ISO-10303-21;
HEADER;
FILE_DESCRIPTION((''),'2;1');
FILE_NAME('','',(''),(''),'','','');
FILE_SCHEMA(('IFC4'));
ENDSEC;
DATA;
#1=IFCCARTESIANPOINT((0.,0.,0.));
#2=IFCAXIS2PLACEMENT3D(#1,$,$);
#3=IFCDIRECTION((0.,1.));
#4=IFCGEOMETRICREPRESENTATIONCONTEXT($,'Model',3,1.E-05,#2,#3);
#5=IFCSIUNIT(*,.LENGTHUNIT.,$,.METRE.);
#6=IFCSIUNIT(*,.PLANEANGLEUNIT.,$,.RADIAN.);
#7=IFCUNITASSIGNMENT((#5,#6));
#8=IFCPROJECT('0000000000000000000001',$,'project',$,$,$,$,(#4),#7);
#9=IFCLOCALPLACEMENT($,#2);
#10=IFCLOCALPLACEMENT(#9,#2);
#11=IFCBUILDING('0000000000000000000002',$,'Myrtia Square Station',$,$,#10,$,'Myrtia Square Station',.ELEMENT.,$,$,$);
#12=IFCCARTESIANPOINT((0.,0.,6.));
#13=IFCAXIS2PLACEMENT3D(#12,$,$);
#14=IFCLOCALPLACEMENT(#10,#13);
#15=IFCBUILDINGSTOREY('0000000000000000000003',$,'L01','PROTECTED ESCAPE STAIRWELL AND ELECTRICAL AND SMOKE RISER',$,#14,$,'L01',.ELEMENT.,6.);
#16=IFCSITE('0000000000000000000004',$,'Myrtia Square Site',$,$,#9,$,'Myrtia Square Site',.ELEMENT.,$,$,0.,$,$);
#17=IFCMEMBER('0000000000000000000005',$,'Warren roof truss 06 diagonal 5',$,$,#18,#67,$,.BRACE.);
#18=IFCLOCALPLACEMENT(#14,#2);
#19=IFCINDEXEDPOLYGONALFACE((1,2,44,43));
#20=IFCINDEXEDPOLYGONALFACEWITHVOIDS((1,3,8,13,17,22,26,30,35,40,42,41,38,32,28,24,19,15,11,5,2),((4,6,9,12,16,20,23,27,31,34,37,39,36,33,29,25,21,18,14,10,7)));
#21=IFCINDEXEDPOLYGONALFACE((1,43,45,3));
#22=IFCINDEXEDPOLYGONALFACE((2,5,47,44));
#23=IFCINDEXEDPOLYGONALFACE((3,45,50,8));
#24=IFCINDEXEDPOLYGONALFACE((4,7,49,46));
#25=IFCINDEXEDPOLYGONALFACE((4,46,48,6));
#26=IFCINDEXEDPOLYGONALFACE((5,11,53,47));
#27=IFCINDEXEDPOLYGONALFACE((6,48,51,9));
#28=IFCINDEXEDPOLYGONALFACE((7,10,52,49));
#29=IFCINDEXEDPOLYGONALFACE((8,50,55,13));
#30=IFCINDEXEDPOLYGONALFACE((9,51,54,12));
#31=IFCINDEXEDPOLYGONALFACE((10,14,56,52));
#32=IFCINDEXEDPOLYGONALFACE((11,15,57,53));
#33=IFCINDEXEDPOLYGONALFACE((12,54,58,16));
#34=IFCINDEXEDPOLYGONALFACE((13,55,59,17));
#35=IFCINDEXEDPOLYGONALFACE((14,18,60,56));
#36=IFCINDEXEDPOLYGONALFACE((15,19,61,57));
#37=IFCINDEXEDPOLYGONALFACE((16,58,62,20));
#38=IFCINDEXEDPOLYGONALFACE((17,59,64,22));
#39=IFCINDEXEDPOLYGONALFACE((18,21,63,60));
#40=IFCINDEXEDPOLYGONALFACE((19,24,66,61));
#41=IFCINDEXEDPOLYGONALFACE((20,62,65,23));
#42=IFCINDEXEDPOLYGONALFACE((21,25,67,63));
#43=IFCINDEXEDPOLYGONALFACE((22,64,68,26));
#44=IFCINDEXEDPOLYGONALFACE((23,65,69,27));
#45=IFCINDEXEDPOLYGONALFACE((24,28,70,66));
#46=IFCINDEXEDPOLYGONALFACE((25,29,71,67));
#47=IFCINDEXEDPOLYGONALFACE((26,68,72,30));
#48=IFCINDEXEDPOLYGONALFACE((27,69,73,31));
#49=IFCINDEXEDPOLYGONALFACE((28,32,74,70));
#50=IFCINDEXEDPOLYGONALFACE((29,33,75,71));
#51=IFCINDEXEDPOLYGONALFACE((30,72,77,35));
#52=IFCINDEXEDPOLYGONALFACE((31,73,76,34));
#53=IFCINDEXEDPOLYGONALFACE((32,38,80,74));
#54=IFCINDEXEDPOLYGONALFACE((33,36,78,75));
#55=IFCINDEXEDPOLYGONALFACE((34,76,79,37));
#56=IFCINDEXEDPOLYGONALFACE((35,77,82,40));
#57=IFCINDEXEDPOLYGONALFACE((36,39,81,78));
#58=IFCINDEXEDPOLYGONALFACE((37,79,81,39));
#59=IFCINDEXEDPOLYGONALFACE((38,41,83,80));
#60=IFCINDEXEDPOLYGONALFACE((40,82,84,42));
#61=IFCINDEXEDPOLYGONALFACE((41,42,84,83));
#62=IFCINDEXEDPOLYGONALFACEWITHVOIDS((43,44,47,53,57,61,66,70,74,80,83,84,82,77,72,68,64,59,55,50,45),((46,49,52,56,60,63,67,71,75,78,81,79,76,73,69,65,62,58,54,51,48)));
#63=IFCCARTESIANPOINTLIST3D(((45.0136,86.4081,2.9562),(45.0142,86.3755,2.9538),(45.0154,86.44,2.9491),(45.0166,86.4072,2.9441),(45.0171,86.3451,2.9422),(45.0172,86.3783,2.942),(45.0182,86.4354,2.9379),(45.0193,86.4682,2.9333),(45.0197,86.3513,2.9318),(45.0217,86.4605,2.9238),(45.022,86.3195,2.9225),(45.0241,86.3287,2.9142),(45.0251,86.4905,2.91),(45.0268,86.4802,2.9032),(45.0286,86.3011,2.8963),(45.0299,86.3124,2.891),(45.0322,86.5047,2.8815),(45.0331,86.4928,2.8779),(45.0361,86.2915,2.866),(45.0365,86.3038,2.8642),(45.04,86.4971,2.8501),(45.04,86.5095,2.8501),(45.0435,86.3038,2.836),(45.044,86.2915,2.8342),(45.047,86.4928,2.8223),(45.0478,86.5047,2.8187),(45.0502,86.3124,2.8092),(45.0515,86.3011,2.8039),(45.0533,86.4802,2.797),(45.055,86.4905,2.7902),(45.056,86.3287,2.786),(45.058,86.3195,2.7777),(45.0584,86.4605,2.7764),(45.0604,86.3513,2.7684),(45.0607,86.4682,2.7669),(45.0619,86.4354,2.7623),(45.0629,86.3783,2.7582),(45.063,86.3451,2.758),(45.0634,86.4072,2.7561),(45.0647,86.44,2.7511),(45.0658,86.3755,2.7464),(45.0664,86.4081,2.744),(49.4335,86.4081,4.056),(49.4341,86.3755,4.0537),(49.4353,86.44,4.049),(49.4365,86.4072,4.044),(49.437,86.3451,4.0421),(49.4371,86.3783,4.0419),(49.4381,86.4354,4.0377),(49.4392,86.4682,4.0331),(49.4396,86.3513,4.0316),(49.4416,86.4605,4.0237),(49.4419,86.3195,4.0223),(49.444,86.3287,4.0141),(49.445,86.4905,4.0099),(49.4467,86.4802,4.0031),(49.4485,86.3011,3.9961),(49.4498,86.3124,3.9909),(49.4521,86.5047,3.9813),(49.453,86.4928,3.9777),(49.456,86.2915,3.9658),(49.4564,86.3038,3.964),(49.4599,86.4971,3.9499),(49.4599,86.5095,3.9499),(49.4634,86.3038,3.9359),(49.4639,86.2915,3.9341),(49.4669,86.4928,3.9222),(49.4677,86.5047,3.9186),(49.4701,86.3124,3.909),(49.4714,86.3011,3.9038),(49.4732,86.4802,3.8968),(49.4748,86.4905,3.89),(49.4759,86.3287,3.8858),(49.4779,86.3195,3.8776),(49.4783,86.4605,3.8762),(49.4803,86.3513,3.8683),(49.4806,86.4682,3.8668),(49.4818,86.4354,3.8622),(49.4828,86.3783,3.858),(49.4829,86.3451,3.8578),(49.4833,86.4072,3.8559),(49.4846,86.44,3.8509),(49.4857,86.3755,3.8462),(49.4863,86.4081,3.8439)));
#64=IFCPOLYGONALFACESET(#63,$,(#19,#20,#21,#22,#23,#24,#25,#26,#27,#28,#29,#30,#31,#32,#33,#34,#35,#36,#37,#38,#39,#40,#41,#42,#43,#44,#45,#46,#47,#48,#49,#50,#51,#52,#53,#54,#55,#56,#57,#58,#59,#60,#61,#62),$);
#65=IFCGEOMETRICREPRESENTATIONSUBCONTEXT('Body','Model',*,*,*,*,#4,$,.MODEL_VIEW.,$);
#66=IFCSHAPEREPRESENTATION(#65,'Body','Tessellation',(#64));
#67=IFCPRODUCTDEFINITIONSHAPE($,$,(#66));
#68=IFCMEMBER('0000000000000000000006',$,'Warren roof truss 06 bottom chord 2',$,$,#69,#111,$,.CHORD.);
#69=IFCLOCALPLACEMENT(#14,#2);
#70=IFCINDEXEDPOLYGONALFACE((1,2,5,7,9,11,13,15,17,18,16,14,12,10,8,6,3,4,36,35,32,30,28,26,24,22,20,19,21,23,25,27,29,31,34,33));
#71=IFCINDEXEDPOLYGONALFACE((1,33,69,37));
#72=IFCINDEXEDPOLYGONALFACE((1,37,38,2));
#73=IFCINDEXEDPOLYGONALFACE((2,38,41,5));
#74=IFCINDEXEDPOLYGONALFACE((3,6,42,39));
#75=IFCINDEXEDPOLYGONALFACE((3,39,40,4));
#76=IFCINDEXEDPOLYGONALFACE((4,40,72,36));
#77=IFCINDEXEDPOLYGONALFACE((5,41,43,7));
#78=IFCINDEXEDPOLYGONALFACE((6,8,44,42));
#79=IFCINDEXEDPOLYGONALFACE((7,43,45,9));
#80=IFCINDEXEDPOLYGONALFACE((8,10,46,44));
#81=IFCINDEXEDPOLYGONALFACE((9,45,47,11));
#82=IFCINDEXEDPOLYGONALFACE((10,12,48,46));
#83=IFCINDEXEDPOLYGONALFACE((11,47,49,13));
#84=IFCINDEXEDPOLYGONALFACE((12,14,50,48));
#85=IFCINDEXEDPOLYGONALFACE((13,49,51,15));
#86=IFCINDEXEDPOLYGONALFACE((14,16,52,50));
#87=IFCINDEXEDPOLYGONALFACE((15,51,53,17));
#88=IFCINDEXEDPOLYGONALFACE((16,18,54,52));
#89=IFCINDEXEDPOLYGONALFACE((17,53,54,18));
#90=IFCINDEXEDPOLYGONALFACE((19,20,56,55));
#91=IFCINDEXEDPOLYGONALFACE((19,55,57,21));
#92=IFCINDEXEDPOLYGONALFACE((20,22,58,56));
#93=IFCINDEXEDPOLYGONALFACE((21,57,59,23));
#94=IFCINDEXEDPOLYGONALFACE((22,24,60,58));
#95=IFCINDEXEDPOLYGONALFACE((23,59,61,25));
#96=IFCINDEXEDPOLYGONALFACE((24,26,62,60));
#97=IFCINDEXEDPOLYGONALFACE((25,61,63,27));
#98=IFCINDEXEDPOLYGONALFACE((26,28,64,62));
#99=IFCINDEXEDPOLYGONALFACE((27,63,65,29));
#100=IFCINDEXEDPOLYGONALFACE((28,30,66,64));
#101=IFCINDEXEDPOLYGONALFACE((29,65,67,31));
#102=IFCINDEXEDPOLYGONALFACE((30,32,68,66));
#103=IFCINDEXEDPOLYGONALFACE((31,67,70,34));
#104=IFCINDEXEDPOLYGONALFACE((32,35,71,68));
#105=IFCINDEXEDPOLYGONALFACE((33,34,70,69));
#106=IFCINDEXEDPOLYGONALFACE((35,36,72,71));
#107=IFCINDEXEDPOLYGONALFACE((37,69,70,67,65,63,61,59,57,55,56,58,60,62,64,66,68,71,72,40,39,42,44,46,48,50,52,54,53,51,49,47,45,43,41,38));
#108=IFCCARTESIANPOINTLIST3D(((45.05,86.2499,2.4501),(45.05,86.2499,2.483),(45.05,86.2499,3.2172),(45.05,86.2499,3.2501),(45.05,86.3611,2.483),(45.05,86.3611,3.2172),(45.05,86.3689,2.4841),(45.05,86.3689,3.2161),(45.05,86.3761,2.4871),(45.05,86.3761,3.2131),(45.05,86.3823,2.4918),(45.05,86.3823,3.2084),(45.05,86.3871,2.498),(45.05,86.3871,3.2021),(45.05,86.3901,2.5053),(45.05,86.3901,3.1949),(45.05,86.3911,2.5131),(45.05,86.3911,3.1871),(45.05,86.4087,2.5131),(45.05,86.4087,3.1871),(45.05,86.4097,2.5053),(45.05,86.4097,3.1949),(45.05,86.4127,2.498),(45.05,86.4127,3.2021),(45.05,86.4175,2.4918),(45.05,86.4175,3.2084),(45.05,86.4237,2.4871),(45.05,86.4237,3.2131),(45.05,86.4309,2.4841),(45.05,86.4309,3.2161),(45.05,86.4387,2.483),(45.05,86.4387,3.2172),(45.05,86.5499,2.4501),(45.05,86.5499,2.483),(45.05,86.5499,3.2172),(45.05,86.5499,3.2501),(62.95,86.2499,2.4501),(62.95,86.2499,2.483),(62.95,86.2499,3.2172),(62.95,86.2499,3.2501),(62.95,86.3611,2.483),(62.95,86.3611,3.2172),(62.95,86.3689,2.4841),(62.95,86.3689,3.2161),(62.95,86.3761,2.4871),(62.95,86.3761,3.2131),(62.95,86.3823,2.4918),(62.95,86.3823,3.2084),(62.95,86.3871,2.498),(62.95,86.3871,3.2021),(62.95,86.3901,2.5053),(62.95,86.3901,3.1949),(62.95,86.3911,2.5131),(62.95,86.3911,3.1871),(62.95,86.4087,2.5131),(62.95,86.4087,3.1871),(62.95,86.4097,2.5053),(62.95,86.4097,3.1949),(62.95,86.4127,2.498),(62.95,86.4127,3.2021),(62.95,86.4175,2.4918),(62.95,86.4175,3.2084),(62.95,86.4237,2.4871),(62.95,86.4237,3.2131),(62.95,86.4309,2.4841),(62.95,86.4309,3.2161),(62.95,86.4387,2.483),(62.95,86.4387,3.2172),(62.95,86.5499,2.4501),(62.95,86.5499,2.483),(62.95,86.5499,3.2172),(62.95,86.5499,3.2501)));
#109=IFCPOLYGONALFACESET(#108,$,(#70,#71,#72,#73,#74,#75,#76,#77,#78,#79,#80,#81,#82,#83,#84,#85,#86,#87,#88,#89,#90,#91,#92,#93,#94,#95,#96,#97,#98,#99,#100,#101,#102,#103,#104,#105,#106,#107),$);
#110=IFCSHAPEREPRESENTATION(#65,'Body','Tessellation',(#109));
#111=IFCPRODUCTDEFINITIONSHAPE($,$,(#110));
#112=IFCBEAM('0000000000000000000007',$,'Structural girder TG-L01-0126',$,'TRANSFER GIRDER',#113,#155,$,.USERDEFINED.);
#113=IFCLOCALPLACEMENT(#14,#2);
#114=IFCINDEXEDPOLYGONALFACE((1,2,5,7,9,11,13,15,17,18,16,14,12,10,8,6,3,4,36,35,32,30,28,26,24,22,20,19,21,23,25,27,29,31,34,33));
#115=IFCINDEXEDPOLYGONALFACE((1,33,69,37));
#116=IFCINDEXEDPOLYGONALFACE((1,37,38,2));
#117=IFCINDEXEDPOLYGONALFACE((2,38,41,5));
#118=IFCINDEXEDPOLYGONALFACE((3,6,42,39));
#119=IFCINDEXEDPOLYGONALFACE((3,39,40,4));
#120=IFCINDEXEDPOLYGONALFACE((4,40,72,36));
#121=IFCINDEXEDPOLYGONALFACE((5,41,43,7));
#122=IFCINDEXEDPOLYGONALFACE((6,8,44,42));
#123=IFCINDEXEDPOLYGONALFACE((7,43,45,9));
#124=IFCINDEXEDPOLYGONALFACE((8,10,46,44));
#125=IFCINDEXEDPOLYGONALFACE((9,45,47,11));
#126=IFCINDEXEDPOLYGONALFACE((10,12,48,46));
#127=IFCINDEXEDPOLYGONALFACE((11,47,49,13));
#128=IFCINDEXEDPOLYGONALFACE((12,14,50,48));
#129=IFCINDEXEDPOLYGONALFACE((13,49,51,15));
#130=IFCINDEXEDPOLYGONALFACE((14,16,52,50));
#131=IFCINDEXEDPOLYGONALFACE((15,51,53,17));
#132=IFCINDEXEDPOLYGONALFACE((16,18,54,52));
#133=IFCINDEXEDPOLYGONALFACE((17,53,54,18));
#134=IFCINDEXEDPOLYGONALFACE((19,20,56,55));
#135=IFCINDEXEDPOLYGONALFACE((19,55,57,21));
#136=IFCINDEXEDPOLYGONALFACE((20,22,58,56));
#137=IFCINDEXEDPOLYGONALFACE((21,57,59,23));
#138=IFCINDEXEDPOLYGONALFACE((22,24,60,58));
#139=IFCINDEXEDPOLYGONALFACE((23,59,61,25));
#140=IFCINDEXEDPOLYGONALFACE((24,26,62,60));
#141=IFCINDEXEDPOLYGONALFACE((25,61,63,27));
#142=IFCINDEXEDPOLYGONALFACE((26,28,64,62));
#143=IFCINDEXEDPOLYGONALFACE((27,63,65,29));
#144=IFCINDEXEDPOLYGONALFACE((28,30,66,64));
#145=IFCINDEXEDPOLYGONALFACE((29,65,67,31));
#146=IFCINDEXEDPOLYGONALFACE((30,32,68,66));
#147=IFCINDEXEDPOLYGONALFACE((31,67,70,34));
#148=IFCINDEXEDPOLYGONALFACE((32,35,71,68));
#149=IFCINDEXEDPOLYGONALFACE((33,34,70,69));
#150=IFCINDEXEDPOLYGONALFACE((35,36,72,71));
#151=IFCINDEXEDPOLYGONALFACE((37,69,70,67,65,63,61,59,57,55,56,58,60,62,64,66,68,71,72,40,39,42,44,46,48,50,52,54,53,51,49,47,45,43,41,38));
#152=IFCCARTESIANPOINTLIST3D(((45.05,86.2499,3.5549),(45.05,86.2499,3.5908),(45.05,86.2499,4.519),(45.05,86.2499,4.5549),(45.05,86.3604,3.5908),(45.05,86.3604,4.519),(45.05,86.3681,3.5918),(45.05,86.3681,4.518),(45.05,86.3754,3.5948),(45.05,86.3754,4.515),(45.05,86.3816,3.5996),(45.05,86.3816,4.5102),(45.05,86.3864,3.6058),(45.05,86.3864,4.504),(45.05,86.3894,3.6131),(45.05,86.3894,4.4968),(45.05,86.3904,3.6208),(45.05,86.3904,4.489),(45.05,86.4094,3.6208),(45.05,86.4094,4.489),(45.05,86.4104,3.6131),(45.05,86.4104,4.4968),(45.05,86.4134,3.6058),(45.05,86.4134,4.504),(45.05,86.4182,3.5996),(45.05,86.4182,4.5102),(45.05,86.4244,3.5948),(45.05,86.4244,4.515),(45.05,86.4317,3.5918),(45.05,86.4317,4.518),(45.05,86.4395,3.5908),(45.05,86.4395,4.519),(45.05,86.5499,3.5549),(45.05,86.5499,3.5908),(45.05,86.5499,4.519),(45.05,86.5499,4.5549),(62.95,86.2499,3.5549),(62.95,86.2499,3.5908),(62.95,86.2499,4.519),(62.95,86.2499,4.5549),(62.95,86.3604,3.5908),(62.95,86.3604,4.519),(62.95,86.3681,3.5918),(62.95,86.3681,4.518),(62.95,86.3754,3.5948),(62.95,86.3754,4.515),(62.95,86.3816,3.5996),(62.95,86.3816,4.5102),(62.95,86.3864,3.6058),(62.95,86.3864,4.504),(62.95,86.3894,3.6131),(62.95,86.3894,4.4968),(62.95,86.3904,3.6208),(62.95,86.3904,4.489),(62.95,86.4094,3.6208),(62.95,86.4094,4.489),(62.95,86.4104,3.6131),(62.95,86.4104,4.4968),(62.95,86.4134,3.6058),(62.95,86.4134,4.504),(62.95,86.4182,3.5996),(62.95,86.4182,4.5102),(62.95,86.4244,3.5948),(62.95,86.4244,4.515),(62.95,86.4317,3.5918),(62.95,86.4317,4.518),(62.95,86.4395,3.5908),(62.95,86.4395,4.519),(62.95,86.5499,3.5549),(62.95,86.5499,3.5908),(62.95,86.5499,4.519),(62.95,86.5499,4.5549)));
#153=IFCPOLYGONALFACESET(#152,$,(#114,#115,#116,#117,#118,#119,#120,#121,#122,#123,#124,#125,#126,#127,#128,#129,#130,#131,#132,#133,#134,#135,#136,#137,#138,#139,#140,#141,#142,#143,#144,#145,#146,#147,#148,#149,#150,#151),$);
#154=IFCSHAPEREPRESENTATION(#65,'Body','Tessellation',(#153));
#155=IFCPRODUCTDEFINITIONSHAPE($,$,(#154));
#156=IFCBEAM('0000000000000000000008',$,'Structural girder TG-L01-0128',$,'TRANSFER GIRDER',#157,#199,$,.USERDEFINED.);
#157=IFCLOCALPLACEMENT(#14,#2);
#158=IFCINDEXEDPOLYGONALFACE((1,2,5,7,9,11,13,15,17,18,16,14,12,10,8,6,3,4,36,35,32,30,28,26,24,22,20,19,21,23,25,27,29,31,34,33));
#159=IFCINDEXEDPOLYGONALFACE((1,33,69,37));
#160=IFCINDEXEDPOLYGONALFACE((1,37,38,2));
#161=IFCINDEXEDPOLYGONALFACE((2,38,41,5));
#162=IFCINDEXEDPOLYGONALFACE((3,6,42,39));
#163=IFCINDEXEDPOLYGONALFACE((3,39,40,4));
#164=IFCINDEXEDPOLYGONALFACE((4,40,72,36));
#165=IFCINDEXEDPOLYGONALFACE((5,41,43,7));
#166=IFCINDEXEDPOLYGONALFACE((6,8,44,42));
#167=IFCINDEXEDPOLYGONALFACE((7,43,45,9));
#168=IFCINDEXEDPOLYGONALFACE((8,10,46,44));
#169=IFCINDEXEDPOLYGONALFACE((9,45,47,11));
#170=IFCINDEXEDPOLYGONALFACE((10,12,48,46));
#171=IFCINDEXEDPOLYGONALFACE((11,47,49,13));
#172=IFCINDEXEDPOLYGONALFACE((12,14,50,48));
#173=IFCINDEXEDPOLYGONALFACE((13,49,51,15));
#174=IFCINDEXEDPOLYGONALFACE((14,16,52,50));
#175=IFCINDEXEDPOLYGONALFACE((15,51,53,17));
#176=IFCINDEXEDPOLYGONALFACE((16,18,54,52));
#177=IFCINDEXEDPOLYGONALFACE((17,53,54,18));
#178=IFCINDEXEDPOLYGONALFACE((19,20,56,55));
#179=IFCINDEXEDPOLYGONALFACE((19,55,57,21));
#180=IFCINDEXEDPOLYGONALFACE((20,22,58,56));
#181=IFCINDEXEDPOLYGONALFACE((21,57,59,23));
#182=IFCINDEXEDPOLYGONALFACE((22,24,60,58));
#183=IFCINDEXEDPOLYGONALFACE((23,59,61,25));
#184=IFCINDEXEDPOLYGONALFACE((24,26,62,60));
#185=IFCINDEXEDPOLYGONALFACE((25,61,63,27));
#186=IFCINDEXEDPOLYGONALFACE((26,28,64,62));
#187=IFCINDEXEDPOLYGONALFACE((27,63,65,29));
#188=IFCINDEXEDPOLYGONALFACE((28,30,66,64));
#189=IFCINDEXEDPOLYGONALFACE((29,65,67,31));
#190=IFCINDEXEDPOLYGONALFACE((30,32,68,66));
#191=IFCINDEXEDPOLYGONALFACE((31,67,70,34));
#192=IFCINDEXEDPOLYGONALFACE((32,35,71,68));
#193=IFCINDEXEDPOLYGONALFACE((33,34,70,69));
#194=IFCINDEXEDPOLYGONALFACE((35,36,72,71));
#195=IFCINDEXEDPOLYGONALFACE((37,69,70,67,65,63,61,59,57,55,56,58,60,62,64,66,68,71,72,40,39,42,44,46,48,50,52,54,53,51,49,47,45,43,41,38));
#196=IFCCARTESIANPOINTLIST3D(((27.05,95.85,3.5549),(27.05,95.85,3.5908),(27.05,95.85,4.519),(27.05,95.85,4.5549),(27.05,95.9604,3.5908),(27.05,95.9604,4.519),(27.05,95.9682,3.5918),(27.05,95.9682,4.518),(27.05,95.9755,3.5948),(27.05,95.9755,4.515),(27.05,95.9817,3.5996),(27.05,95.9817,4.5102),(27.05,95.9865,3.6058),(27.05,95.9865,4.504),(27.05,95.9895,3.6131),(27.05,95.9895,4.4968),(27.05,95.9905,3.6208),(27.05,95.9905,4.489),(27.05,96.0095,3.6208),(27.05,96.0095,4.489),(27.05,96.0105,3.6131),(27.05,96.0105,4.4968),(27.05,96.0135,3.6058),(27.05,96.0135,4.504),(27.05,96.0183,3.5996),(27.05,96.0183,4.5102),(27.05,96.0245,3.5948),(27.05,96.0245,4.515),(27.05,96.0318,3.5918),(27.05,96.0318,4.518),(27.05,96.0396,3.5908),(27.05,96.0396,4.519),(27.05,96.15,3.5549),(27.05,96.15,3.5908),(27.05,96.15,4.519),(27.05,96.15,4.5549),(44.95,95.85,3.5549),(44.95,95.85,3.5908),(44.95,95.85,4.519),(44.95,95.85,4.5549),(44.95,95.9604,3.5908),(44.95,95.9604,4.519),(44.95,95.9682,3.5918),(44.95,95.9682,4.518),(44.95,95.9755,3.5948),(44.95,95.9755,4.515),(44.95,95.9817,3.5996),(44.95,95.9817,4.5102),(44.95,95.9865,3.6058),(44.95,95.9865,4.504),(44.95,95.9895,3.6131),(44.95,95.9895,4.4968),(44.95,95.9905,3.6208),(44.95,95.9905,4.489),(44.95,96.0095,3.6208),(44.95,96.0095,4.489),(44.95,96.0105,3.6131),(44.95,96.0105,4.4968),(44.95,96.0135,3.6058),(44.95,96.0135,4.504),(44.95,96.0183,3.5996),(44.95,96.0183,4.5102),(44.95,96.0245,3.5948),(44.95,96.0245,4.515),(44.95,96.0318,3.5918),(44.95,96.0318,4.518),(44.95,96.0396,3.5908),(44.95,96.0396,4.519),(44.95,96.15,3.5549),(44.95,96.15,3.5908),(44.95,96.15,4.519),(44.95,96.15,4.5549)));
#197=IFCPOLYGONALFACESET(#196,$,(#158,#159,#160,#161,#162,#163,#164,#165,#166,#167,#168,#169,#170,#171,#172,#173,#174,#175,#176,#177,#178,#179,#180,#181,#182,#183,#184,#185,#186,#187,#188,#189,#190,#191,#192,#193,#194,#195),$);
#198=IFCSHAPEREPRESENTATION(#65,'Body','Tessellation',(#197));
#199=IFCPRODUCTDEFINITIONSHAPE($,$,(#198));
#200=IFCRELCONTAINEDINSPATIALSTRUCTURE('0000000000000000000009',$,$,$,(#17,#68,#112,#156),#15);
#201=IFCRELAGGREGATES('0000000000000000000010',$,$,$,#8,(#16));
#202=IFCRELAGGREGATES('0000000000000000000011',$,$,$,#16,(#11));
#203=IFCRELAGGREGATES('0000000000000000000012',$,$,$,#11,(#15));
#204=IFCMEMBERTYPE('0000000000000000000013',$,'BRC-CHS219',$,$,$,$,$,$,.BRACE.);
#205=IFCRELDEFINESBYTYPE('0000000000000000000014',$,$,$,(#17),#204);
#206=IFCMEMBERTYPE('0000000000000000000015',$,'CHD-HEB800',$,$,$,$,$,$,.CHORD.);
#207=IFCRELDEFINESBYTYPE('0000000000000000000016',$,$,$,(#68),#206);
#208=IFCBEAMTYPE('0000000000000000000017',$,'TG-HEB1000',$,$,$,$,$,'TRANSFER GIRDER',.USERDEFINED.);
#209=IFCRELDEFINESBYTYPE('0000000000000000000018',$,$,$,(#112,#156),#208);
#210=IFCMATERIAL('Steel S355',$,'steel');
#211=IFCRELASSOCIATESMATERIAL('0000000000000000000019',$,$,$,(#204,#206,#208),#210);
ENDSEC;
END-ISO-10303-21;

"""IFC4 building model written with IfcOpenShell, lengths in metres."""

from ifc_helpers import new_model, si_unit, direction, frame, origin, origin_2d, place, context, subcontext, project, spatial, hollow_circle, i_section, extrude, material, material_profile, profile_set, type_object, element, save


model = new_model("IFC4")

# Units and contexts
model_context = context("Model", 3, precision=1e-05, world=origin(), true_north=direction((0.0, 1.0)))
body_context = subcontext(model_context, "Body", "Model", "MODEL_VIEW")
ifc_project = project(units=[si_unit("LENGTHUNIT", "METRE"), si_unit("PLANEANGLEUNIT", "RADIAN")], contexts=[model_context])

# Site, building, storey
site_placement = place(None, origin())
site = spatial("IfcSite", under=ifc_project, at=site_placement, Name="Myrtia Square Site", LongName="Myrtia Square Site", CompositionType="ELEMENT", RefElevation=0.0)
building_placement = place(site_placement, origin())
building = spatial("IfcBuilding", under=site, at=building_placement, Name="Myrtia Square Station", LongName="Myrtia Square Station", CompositionType="ELEMENT")
storey_placement = place(building_placement, frame((0.0, 0.0, 6.0)))
storey = spatial("IfcBuildingStorey", under=building, at=storey_placement, Name="L01", Description="PROTECTED ESCAPE STAIRWELL AND ELECTRICAL AND SMOKE RISER", LongName="L01", CompositionType="ELEMENT", Elevation=6.0)

# Shared definitions
ifc_material = material(Name="Steel S355", Category="steel")

# Members
ifc_material_profile_1 = material_profile(ifc_material, hollow_circle(Radius=0.1096, WallThickness=0.0125, at=origin_2d()), Name="CHS 219.1x12.5")
ifc_profile_set_1 = profile_set([ifc_material_profile_1], Name="Steel S355")
member_type_1 = type_object("IfcMemberType", Name="BRC-CHS219", PredefinedType="BRACE", material=ifc_profile_set_1)
for number, where, z_axis, x_axis, name in (
    (1, (45.04, 86.3999, 2.8501), (0.970407, 0.0, 0.241476), (0.0, 1.0, 0.0), "Warren roof truss 06 diagonal 5"),
):
    element("IfcMember", number, at=place(storey_placement, frame(where, z_axis=z_axis, x_axis=x_axis)), inside=storey, type_object=member_type_1, Name=name, PredefinedType="BRACE", context=body_context, shape_type="SweptSolid", body=[
        extrude(hollow_circle(Radius=0.1096, WallThickness=0.0125, at=origin_2d()), origin(), (0.0, 0.0, 1.0), 4.5547),
    ])
ifc_material_profile_2 = material_profile(ifc_material, i_section(OverallWidth=0.3, OverallDepth=0.8, WebThickness=0.0176, FlangeThickness=0.033, FilletRadius=0.03, at=origin_2d()), Name="HEB 800")
ifc_profile_set_2 = profile_set([ifc_material_profile_2], Name="Steel S355")
member_type_2 = type_object("IfcMemberType", Name="CHD-HEB800", PredefinedType="CHORD", material=ifc_profile_set_2)
member_placement = place(storey_placement, frame((45.05, 86.3999, 2.8501), z_axis=(1.0, 0.0, 0.0), x_axis=(0.0, 1.0, 0.0)))
element("IfcMember", 2, at=member_placement, inside=storey, type_object=member_type_2, Name="Warren roof truss 06 bottom chord 2", PredefinedType="CHORD", context=body_context, shape_type="SweptSolid", body=[
    extrude(i_section(OverallWidth=0.3, OverallDepth=0.8, WebThickness=0.0176, FlangeThickness=0.033, FilletRadius=0.03, at=origin_2d()), origin(), (0.0, 0.0, 1.0), 17.8999),
])

# Beams
ifc_material_profile_3 = material_profile(ifc_material, i_section(OverallWidth=0.3, OverallDepth=1.0, WebThickness=0.019, FlangeThickness=0.0359, FilletRadius=0.03, at=origin_2d()), Name="HEB 1000")
ifc_profile_set_3 = profile_set([ifc_material_profile_3], Name="Steel S355")
beam_type_1 = type_object("IfcBeamType", Name="TG-HEB1000", ElementType="TRANSFER GIRDER", PredefinedType="USERDEFINED", material=ifc_profile_set_3)
for number, where, z_axis, x_axis, name in (
    (3, (45.05, 86.3999, 4.0549), (1.0, 0.0, 0.0), (0.0, 1.0, 0.0), "Structural girder TG-L01-0126"),
    (4, (27.05, 96.0, 4.0549), (1.0, 0.0, 0.0), (0.0, 1.0, 0.0), "Structural girder TG-L01-0128"),
):
    element("IfcBeam", number, at=place(storey_placement, frame(where, z_axis=z_axis, x_axis=x_axis)), inside=storey, type_object=beam_type_1, Name=name, ObjectType="TRANSFER GIRDER", PredefinedType="USERDEFINED", context=body_context, shape_type="SweptSolid", body=[
        extrude(i_section(OverallWidth=0.3, OverallDepth=1.0, WebThickness=0.019, FlangeThickness=0.0359, FilletRadius=0.03, at=origin_2d()), origin(), (0.0, 0.0, 1.0), 17.8999),
    ])

save(model, "model.ifc")
